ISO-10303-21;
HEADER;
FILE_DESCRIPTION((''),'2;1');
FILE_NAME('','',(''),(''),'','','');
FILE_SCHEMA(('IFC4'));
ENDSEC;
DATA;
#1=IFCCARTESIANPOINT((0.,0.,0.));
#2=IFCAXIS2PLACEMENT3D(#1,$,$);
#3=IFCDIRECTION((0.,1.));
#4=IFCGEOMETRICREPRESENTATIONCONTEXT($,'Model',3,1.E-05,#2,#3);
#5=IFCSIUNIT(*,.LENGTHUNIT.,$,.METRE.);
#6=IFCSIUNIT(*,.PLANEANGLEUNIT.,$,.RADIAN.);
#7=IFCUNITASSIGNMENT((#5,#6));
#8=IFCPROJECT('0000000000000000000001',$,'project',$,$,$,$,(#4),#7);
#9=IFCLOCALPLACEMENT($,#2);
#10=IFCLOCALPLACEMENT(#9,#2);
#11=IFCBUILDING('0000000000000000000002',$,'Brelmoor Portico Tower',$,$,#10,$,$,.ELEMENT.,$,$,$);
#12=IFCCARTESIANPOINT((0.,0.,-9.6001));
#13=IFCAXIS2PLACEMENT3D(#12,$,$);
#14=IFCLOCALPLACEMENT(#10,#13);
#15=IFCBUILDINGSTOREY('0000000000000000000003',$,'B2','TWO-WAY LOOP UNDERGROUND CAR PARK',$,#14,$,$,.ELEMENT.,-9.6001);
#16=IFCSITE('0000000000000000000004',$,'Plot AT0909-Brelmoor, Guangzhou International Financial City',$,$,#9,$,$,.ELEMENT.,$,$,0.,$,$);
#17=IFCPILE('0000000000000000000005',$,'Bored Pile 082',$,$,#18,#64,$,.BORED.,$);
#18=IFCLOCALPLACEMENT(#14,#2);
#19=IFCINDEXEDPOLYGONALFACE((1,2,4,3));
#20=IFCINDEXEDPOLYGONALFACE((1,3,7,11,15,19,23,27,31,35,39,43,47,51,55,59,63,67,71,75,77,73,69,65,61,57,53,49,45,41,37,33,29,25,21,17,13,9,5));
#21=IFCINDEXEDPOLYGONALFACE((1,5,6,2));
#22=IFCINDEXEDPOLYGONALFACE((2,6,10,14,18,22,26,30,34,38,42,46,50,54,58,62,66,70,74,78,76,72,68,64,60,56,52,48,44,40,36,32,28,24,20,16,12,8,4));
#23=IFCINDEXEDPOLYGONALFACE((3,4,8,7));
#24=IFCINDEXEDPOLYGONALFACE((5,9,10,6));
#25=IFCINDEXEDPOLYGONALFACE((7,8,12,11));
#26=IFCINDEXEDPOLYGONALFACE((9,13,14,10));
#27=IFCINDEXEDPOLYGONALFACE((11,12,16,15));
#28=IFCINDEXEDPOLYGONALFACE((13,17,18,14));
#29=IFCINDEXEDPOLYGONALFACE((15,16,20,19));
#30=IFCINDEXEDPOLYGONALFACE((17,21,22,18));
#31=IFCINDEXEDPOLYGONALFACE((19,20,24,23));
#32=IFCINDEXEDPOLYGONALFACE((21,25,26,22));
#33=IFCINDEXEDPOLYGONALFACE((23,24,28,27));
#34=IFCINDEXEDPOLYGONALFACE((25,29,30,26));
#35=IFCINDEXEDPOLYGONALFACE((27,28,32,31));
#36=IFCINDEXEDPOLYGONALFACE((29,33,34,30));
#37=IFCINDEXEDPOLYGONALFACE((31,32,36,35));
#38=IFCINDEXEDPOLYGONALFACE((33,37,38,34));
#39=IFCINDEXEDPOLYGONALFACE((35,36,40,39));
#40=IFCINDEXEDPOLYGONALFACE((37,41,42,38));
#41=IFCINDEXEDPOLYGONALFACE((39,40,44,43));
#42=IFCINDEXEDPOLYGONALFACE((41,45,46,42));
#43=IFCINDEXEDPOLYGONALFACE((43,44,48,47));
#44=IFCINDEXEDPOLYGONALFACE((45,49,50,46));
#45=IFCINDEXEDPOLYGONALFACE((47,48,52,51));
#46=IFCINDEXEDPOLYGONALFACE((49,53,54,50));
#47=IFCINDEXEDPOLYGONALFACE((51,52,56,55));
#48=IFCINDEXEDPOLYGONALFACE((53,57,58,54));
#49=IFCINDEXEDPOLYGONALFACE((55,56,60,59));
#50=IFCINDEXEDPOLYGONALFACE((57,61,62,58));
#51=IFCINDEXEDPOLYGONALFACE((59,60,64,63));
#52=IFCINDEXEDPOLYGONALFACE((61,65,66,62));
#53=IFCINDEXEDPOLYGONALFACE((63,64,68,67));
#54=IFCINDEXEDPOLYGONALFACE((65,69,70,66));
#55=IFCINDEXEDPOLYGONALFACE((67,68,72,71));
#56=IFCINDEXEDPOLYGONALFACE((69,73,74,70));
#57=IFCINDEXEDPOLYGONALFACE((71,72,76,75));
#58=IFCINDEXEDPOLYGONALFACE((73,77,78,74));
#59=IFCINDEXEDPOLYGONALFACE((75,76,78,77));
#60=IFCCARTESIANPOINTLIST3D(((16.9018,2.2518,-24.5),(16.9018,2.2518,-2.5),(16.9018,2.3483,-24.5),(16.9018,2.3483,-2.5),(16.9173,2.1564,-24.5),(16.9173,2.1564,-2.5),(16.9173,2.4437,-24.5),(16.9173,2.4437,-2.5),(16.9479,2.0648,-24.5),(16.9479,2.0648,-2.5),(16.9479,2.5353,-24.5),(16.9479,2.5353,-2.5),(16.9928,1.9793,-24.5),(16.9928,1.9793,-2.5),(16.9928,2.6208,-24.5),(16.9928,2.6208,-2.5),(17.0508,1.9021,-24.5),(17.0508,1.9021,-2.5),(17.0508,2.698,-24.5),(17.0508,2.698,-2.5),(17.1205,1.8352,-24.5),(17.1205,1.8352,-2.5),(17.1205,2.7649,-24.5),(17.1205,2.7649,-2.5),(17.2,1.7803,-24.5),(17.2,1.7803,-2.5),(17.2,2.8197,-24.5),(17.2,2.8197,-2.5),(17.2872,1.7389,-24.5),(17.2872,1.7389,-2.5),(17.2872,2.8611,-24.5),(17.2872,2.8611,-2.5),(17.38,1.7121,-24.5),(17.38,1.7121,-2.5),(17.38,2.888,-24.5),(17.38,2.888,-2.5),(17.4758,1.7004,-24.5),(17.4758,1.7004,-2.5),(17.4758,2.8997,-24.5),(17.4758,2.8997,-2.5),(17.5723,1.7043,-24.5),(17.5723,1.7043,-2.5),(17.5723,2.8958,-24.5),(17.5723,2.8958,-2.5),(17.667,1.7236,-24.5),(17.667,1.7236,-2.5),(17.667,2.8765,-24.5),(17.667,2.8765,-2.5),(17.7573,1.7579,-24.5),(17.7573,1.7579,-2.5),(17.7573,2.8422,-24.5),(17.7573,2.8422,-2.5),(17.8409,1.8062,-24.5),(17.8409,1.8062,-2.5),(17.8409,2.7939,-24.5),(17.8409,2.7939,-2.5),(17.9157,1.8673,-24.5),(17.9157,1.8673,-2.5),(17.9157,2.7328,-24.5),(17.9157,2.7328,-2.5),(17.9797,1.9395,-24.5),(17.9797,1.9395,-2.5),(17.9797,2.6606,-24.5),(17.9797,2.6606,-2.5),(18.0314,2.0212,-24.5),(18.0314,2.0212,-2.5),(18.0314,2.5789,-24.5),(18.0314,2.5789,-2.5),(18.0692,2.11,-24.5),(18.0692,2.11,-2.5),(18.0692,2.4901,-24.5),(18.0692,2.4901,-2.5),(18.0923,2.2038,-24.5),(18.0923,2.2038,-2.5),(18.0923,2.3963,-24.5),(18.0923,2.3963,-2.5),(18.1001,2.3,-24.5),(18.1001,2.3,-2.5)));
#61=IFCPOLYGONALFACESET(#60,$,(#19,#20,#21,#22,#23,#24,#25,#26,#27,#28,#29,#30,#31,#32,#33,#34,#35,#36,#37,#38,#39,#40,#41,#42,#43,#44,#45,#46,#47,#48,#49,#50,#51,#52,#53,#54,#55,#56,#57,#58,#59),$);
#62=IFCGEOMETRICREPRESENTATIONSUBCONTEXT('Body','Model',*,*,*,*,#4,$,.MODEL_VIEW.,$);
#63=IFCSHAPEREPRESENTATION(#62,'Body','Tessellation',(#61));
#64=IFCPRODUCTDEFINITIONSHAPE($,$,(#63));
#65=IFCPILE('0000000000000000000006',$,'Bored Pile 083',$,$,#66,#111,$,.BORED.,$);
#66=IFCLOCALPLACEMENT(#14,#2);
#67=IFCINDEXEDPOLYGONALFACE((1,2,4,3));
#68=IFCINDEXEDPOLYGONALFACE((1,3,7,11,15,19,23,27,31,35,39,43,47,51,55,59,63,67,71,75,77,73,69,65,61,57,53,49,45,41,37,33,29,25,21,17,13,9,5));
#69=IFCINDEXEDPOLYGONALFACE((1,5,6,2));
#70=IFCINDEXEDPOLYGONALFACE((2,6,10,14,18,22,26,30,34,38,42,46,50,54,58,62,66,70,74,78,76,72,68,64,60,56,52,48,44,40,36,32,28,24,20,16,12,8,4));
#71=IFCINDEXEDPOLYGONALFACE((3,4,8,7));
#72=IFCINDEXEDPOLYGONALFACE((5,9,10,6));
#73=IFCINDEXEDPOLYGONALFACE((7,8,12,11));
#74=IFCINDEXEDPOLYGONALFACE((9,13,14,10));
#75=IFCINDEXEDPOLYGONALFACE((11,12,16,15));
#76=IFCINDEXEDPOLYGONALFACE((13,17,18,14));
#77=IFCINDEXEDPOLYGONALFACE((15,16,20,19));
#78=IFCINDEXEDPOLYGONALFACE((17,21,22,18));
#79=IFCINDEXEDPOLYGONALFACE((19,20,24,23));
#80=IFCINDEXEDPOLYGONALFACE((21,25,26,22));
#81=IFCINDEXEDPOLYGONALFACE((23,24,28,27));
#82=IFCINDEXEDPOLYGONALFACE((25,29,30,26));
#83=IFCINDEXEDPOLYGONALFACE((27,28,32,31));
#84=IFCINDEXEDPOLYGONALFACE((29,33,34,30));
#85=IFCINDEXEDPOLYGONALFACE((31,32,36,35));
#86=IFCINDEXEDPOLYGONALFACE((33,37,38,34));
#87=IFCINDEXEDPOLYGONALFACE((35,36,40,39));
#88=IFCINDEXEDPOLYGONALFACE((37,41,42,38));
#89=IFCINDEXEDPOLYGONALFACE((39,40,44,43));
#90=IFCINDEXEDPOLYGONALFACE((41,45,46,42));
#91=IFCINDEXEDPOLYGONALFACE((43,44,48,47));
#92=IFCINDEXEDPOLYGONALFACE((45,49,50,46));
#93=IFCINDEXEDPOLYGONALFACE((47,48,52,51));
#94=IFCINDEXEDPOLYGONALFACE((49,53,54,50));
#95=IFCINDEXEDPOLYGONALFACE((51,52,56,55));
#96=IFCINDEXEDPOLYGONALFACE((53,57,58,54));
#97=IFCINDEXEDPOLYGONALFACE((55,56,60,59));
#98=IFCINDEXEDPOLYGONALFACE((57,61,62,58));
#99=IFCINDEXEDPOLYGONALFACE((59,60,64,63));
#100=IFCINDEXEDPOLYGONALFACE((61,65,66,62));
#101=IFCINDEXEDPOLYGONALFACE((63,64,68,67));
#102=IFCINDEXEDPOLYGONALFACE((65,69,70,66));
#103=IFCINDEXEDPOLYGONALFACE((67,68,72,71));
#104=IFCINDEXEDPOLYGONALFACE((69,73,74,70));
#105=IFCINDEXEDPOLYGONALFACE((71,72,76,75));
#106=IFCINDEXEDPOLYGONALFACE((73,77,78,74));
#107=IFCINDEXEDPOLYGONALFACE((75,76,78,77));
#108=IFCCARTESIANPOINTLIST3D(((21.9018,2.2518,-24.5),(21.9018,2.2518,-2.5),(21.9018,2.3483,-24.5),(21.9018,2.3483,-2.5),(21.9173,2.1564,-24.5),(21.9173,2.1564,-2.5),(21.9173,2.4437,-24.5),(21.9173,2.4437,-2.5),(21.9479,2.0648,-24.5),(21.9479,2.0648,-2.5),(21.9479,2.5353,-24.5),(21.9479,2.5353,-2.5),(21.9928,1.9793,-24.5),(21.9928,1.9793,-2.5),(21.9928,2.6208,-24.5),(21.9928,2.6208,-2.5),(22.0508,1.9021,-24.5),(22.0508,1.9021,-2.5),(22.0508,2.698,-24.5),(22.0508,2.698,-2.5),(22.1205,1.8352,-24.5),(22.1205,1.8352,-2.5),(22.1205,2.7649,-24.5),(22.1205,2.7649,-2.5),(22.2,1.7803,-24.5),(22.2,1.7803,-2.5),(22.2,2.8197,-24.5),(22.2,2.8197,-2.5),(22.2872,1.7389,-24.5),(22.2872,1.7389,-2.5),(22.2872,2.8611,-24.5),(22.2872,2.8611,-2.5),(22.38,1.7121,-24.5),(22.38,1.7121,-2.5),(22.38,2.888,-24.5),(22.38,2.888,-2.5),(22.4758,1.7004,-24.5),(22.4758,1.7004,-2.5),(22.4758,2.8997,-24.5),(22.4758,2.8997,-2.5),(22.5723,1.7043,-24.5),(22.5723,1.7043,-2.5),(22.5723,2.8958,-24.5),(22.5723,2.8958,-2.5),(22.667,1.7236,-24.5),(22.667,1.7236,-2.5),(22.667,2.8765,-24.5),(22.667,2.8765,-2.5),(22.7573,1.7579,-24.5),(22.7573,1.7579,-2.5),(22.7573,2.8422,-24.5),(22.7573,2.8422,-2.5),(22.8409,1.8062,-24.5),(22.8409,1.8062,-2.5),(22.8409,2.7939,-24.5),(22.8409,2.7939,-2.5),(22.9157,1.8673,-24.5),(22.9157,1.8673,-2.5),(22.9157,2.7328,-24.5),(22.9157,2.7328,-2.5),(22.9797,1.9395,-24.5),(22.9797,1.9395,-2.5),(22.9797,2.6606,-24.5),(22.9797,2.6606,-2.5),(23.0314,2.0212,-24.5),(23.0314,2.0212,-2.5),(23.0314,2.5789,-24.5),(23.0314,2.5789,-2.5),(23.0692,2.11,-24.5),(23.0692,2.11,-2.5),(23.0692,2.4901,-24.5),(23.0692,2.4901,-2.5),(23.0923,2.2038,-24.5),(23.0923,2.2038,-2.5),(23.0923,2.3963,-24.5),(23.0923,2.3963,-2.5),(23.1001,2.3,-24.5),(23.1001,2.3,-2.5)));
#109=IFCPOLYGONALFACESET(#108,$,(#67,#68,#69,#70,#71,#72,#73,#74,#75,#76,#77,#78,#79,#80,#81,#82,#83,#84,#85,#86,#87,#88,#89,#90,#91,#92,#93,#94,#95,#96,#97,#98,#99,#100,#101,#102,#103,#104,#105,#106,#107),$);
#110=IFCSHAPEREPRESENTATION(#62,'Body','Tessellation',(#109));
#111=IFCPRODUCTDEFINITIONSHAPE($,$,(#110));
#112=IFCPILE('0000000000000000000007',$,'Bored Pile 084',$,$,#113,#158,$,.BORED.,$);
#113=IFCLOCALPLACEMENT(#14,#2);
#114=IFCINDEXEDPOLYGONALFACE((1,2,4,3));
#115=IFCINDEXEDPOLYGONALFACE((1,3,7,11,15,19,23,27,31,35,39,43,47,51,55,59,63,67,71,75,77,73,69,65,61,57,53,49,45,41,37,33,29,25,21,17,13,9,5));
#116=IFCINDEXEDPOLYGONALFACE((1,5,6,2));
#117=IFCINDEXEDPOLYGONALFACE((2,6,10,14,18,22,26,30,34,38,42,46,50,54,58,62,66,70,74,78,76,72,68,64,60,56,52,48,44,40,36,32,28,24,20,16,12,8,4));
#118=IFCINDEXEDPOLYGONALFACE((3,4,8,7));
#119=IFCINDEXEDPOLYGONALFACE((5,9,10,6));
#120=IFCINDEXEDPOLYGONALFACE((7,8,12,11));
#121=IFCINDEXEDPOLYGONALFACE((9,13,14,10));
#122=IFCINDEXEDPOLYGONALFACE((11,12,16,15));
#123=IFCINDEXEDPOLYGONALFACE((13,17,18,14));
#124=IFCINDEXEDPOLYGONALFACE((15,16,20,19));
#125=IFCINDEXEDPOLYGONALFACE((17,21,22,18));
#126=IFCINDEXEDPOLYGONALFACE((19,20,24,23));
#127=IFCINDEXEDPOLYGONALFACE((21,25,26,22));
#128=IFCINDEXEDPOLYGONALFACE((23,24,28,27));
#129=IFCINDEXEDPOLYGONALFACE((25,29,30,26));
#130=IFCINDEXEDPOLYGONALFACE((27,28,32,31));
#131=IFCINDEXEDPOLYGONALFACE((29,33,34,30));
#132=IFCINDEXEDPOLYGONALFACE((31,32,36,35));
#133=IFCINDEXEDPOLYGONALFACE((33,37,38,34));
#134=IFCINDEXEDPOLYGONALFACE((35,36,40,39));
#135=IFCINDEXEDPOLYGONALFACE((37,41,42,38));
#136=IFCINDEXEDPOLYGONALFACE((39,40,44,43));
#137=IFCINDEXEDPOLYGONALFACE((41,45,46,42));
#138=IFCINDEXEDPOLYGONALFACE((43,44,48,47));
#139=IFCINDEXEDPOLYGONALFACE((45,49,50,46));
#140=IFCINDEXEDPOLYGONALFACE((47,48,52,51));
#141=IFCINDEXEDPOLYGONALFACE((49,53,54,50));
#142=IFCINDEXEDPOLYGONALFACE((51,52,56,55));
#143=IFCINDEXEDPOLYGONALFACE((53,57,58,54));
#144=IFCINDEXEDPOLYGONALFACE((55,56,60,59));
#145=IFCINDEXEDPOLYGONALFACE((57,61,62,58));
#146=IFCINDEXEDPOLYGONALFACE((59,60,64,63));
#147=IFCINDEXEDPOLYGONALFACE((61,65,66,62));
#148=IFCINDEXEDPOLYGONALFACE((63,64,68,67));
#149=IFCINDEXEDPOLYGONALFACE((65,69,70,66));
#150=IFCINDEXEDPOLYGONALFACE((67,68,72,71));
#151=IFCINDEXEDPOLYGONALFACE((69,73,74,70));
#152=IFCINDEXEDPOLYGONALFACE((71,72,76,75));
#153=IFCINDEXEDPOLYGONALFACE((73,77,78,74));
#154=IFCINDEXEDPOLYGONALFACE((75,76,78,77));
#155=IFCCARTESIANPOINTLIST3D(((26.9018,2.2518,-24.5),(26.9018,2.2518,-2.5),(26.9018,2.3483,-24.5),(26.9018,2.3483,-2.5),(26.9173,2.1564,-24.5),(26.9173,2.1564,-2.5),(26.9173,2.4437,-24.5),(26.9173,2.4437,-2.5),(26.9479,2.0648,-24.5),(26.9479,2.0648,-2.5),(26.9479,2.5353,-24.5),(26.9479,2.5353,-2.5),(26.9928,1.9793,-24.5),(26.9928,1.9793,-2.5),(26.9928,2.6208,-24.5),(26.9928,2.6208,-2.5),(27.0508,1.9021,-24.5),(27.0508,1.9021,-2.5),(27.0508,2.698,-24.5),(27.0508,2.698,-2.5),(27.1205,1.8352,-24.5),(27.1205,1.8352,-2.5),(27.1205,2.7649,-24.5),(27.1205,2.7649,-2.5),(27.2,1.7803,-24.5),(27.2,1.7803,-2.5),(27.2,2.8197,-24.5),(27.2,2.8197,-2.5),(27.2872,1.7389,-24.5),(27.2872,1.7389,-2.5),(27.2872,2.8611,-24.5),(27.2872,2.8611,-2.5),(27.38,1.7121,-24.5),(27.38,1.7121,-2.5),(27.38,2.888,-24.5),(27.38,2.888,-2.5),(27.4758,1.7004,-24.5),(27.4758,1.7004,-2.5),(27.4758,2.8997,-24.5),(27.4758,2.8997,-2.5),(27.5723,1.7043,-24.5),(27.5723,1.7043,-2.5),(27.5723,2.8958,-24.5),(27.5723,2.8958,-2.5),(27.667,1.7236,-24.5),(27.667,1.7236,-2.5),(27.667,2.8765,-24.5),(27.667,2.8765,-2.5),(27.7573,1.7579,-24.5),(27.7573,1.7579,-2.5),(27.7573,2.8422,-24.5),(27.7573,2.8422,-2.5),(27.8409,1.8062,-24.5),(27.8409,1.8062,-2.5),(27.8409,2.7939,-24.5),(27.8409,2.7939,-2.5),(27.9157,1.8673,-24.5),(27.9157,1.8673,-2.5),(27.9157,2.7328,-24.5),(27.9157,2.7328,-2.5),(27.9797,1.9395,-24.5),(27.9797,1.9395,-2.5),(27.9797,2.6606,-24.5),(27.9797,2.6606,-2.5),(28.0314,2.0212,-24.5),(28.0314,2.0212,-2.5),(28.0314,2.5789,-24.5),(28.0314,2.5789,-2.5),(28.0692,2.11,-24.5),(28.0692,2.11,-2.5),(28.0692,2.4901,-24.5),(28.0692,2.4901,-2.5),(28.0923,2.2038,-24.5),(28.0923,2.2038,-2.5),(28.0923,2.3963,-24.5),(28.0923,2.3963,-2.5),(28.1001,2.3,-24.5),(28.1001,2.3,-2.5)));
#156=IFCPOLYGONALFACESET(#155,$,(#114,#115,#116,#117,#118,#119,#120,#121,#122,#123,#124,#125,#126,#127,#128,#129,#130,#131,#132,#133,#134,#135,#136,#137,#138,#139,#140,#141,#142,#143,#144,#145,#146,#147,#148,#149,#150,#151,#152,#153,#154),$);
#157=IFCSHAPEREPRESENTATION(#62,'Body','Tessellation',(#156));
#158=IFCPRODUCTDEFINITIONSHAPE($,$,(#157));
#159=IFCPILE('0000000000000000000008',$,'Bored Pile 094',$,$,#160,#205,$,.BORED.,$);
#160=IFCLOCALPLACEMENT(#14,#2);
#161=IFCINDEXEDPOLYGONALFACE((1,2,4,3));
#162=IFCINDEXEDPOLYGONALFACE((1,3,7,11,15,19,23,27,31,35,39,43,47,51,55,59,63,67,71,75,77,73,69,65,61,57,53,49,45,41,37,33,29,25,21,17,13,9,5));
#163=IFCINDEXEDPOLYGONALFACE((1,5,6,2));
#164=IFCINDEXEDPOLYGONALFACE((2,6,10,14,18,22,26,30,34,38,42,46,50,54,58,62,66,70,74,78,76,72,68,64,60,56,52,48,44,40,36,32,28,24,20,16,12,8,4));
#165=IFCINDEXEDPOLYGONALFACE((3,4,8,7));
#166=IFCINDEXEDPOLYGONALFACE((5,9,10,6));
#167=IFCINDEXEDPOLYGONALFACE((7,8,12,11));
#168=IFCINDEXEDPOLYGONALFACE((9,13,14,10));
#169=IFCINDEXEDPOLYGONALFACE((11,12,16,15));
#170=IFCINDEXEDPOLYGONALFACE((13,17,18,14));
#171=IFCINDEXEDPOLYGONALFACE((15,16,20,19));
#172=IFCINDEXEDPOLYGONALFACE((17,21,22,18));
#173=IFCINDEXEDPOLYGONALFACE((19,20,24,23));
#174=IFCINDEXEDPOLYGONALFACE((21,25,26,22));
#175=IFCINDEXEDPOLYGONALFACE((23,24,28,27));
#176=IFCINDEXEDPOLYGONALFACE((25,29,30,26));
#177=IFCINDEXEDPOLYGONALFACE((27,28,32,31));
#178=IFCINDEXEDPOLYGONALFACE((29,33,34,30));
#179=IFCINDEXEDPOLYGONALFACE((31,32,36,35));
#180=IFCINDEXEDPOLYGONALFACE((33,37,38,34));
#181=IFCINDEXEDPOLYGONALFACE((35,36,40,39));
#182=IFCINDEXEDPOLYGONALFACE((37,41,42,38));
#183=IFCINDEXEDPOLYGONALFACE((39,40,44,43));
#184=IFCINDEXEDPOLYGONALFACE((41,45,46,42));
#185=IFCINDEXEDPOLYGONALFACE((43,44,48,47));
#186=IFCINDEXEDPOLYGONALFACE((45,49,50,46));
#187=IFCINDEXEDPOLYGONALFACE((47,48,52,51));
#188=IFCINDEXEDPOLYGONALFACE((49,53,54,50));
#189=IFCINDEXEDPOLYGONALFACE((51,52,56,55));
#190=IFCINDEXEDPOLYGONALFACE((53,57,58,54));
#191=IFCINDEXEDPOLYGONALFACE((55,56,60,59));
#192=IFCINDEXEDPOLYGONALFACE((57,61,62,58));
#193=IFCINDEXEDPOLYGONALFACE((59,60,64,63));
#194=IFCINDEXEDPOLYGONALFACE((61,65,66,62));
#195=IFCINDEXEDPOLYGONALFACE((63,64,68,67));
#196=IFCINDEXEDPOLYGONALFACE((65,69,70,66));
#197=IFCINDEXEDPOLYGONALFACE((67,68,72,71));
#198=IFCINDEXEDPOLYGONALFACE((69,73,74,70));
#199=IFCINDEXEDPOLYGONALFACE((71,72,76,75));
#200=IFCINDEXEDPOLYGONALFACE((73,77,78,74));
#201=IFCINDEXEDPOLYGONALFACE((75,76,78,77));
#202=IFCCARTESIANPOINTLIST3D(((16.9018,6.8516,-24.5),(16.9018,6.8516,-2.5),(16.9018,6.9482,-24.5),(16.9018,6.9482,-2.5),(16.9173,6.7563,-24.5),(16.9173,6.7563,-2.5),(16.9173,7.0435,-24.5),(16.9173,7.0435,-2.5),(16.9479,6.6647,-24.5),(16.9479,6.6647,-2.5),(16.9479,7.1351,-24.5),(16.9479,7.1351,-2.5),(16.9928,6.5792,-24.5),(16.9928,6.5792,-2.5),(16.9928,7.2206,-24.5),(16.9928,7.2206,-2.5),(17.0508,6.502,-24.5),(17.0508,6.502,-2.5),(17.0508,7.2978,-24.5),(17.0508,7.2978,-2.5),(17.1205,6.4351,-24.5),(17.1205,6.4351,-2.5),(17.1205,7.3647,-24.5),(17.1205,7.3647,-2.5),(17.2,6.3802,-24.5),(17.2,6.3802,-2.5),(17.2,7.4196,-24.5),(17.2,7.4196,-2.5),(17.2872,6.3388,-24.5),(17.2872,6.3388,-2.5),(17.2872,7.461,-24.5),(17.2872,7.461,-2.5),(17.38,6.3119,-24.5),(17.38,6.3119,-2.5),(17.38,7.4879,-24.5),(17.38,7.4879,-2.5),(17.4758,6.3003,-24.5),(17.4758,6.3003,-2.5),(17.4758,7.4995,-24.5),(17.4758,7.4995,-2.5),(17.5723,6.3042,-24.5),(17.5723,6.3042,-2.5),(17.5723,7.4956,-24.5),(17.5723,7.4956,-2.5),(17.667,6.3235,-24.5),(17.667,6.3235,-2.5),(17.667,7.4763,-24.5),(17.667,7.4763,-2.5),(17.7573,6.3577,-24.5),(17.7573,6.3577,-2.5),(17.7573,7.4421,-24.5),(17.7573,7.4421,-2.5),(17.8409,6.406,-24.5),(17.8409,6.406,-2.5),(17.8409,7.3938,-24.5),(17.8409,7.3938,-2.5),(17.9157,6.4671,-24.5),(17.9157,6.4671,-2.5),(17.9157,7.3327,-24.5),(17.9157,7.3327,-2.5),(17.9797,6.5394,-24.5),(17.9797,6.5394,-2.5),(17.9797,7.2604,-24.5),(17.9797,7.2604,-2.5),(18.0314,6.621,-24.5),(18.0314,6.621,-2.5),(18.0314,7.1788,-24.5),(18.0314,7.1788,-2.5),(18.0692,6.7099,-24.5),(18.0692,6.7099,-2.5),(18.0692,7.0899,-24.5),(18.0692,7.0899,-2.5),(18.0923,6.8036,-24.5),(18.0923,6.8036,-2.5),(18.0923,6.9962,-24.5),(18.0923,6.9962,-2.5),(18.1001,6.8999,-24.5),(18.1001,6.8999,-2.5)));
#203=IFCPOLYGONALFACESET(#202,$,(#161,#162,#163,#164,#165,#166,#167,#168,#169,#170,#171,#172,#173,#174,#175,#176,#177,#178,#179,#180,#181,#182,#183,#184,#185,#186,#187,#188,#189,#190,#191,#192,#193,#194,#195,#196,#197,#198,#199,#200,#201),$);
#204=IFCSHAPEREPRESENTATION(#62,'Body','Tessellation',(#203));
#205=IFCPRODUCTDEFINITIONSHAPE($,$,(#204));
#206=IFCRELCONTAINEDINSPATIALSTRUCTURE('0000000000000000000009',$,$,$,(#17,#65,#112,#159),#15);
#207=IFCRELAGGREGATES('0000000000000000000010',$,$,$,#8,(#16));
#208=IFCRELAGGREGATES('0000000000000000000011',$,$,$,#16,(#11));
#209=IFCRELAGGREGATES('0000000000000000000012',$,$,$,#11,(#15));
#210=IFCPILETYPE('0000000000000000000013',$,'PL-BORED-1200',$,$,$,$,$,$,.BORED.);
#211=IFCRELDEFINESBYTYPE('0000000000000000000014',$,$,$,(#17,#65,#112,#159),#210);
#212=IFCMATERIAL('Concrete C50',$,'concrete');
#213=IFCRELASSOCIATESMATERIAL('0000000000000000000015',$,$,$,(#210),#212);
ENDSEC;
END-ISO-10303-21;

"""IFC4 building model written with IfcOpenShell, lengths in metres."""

from ifc_helpers import new_model, si_unit, direction, frame, origin, origin_2d, place, context, subcontext, project, spatial, circle, extrude, material, material_profile, profile_set, type_object, element, save


model = new_model("IFC4")

# Units and contexts
model_context = context("Model", 3, precision=1e-05, world=origin(), true_north=direction((0.0, 1.0)))
body_context = subcontext(model_context, "Body", "Model", "MODEL_VIEW")
ifc_project = project(units=[si_unit("LENGTHUNIT", "METRE"), si_unit("PLANEANGLEUNIT", "RADIAN")], contexts=[model_context])

# Site, building, storey
site_placement = place(None, origin())
site = spatial("IfcSite", under=ifc_project, at=site_placement, Name="Plot AT0909-Brelmoor, Guangzhou International Financial City", CompositionType="ELEMENT", RefElevation=0.0)
building_placement = place(site_placement, origin())
building = spatial("IfcBuilding", under=site, at=building_placement, Name="Brelmoor Portico Tower", CompositionType="ELEMENT")
storey_placement = place(building_placement, frame((0.0, 0.0, -9.6001)))
storey = spatial("IfcBuildingStorey", under=building, at=storey_placement, Name="B2", Description="TWO-WAY LOOP UNDERGROUND CAR PARK", CompositionType="ELEMENT", Elevation=-9.6001)

# Piles
ifc_material_1 = material(Name="Concrete C50", Category="concrete")
ifc_material_profile_1 = material_profile(ifc_material_1, circle(Radius=0.6001, at=origin_2d()), Name="BORED PILE D1200")
ifc_profile_set_1 = profile_set([ifc_material_profile_1], Name="Concrete C50")
pile_type = type_object("IfcPileType", Name="PL-BORED-1200", PredefinedType="BORED", material=ifc_profile_set_1)
for number, where, z_axis, x_axis, name in (
    (1, (17.5, 2.3, -2.5), (0.0, 0.0, -1.0), (1.0, 0.0, 0.0), "Bored Pile 082"),
    (2, (22.5, 2.3, -2.5), (0.0, 0.0, -1.0), (1.0, 0.0, 0.0), "Bored Pile 083"),
    (3, (27.5, 2.3, -2.5), (0.0, 0.0, -1.0), (1.0, 0.0, 0.0), "Bored Pile 084"),
    (4, (17.5, 6.8999, -2.5), (0.0, 0.0, -1.0), (1.0, 0.0, 0.0), "Bored Pile 094"),
):
    element("IfcPile", number, at=place(storey_placement, frame(where, z_axis=z_axis, x_axis=x_axis)), inside=storey, type_object=pile_type, Name=name, PredefinedType="BORED", context=body_context, shape_type="SweptSolid", body=[
        extrude(circle(Radius=0.6001, at=origin_2d()), origin(), (0.0, 0.0, 1.0), 22.0),
    ])

save(model, "model.ifc")
